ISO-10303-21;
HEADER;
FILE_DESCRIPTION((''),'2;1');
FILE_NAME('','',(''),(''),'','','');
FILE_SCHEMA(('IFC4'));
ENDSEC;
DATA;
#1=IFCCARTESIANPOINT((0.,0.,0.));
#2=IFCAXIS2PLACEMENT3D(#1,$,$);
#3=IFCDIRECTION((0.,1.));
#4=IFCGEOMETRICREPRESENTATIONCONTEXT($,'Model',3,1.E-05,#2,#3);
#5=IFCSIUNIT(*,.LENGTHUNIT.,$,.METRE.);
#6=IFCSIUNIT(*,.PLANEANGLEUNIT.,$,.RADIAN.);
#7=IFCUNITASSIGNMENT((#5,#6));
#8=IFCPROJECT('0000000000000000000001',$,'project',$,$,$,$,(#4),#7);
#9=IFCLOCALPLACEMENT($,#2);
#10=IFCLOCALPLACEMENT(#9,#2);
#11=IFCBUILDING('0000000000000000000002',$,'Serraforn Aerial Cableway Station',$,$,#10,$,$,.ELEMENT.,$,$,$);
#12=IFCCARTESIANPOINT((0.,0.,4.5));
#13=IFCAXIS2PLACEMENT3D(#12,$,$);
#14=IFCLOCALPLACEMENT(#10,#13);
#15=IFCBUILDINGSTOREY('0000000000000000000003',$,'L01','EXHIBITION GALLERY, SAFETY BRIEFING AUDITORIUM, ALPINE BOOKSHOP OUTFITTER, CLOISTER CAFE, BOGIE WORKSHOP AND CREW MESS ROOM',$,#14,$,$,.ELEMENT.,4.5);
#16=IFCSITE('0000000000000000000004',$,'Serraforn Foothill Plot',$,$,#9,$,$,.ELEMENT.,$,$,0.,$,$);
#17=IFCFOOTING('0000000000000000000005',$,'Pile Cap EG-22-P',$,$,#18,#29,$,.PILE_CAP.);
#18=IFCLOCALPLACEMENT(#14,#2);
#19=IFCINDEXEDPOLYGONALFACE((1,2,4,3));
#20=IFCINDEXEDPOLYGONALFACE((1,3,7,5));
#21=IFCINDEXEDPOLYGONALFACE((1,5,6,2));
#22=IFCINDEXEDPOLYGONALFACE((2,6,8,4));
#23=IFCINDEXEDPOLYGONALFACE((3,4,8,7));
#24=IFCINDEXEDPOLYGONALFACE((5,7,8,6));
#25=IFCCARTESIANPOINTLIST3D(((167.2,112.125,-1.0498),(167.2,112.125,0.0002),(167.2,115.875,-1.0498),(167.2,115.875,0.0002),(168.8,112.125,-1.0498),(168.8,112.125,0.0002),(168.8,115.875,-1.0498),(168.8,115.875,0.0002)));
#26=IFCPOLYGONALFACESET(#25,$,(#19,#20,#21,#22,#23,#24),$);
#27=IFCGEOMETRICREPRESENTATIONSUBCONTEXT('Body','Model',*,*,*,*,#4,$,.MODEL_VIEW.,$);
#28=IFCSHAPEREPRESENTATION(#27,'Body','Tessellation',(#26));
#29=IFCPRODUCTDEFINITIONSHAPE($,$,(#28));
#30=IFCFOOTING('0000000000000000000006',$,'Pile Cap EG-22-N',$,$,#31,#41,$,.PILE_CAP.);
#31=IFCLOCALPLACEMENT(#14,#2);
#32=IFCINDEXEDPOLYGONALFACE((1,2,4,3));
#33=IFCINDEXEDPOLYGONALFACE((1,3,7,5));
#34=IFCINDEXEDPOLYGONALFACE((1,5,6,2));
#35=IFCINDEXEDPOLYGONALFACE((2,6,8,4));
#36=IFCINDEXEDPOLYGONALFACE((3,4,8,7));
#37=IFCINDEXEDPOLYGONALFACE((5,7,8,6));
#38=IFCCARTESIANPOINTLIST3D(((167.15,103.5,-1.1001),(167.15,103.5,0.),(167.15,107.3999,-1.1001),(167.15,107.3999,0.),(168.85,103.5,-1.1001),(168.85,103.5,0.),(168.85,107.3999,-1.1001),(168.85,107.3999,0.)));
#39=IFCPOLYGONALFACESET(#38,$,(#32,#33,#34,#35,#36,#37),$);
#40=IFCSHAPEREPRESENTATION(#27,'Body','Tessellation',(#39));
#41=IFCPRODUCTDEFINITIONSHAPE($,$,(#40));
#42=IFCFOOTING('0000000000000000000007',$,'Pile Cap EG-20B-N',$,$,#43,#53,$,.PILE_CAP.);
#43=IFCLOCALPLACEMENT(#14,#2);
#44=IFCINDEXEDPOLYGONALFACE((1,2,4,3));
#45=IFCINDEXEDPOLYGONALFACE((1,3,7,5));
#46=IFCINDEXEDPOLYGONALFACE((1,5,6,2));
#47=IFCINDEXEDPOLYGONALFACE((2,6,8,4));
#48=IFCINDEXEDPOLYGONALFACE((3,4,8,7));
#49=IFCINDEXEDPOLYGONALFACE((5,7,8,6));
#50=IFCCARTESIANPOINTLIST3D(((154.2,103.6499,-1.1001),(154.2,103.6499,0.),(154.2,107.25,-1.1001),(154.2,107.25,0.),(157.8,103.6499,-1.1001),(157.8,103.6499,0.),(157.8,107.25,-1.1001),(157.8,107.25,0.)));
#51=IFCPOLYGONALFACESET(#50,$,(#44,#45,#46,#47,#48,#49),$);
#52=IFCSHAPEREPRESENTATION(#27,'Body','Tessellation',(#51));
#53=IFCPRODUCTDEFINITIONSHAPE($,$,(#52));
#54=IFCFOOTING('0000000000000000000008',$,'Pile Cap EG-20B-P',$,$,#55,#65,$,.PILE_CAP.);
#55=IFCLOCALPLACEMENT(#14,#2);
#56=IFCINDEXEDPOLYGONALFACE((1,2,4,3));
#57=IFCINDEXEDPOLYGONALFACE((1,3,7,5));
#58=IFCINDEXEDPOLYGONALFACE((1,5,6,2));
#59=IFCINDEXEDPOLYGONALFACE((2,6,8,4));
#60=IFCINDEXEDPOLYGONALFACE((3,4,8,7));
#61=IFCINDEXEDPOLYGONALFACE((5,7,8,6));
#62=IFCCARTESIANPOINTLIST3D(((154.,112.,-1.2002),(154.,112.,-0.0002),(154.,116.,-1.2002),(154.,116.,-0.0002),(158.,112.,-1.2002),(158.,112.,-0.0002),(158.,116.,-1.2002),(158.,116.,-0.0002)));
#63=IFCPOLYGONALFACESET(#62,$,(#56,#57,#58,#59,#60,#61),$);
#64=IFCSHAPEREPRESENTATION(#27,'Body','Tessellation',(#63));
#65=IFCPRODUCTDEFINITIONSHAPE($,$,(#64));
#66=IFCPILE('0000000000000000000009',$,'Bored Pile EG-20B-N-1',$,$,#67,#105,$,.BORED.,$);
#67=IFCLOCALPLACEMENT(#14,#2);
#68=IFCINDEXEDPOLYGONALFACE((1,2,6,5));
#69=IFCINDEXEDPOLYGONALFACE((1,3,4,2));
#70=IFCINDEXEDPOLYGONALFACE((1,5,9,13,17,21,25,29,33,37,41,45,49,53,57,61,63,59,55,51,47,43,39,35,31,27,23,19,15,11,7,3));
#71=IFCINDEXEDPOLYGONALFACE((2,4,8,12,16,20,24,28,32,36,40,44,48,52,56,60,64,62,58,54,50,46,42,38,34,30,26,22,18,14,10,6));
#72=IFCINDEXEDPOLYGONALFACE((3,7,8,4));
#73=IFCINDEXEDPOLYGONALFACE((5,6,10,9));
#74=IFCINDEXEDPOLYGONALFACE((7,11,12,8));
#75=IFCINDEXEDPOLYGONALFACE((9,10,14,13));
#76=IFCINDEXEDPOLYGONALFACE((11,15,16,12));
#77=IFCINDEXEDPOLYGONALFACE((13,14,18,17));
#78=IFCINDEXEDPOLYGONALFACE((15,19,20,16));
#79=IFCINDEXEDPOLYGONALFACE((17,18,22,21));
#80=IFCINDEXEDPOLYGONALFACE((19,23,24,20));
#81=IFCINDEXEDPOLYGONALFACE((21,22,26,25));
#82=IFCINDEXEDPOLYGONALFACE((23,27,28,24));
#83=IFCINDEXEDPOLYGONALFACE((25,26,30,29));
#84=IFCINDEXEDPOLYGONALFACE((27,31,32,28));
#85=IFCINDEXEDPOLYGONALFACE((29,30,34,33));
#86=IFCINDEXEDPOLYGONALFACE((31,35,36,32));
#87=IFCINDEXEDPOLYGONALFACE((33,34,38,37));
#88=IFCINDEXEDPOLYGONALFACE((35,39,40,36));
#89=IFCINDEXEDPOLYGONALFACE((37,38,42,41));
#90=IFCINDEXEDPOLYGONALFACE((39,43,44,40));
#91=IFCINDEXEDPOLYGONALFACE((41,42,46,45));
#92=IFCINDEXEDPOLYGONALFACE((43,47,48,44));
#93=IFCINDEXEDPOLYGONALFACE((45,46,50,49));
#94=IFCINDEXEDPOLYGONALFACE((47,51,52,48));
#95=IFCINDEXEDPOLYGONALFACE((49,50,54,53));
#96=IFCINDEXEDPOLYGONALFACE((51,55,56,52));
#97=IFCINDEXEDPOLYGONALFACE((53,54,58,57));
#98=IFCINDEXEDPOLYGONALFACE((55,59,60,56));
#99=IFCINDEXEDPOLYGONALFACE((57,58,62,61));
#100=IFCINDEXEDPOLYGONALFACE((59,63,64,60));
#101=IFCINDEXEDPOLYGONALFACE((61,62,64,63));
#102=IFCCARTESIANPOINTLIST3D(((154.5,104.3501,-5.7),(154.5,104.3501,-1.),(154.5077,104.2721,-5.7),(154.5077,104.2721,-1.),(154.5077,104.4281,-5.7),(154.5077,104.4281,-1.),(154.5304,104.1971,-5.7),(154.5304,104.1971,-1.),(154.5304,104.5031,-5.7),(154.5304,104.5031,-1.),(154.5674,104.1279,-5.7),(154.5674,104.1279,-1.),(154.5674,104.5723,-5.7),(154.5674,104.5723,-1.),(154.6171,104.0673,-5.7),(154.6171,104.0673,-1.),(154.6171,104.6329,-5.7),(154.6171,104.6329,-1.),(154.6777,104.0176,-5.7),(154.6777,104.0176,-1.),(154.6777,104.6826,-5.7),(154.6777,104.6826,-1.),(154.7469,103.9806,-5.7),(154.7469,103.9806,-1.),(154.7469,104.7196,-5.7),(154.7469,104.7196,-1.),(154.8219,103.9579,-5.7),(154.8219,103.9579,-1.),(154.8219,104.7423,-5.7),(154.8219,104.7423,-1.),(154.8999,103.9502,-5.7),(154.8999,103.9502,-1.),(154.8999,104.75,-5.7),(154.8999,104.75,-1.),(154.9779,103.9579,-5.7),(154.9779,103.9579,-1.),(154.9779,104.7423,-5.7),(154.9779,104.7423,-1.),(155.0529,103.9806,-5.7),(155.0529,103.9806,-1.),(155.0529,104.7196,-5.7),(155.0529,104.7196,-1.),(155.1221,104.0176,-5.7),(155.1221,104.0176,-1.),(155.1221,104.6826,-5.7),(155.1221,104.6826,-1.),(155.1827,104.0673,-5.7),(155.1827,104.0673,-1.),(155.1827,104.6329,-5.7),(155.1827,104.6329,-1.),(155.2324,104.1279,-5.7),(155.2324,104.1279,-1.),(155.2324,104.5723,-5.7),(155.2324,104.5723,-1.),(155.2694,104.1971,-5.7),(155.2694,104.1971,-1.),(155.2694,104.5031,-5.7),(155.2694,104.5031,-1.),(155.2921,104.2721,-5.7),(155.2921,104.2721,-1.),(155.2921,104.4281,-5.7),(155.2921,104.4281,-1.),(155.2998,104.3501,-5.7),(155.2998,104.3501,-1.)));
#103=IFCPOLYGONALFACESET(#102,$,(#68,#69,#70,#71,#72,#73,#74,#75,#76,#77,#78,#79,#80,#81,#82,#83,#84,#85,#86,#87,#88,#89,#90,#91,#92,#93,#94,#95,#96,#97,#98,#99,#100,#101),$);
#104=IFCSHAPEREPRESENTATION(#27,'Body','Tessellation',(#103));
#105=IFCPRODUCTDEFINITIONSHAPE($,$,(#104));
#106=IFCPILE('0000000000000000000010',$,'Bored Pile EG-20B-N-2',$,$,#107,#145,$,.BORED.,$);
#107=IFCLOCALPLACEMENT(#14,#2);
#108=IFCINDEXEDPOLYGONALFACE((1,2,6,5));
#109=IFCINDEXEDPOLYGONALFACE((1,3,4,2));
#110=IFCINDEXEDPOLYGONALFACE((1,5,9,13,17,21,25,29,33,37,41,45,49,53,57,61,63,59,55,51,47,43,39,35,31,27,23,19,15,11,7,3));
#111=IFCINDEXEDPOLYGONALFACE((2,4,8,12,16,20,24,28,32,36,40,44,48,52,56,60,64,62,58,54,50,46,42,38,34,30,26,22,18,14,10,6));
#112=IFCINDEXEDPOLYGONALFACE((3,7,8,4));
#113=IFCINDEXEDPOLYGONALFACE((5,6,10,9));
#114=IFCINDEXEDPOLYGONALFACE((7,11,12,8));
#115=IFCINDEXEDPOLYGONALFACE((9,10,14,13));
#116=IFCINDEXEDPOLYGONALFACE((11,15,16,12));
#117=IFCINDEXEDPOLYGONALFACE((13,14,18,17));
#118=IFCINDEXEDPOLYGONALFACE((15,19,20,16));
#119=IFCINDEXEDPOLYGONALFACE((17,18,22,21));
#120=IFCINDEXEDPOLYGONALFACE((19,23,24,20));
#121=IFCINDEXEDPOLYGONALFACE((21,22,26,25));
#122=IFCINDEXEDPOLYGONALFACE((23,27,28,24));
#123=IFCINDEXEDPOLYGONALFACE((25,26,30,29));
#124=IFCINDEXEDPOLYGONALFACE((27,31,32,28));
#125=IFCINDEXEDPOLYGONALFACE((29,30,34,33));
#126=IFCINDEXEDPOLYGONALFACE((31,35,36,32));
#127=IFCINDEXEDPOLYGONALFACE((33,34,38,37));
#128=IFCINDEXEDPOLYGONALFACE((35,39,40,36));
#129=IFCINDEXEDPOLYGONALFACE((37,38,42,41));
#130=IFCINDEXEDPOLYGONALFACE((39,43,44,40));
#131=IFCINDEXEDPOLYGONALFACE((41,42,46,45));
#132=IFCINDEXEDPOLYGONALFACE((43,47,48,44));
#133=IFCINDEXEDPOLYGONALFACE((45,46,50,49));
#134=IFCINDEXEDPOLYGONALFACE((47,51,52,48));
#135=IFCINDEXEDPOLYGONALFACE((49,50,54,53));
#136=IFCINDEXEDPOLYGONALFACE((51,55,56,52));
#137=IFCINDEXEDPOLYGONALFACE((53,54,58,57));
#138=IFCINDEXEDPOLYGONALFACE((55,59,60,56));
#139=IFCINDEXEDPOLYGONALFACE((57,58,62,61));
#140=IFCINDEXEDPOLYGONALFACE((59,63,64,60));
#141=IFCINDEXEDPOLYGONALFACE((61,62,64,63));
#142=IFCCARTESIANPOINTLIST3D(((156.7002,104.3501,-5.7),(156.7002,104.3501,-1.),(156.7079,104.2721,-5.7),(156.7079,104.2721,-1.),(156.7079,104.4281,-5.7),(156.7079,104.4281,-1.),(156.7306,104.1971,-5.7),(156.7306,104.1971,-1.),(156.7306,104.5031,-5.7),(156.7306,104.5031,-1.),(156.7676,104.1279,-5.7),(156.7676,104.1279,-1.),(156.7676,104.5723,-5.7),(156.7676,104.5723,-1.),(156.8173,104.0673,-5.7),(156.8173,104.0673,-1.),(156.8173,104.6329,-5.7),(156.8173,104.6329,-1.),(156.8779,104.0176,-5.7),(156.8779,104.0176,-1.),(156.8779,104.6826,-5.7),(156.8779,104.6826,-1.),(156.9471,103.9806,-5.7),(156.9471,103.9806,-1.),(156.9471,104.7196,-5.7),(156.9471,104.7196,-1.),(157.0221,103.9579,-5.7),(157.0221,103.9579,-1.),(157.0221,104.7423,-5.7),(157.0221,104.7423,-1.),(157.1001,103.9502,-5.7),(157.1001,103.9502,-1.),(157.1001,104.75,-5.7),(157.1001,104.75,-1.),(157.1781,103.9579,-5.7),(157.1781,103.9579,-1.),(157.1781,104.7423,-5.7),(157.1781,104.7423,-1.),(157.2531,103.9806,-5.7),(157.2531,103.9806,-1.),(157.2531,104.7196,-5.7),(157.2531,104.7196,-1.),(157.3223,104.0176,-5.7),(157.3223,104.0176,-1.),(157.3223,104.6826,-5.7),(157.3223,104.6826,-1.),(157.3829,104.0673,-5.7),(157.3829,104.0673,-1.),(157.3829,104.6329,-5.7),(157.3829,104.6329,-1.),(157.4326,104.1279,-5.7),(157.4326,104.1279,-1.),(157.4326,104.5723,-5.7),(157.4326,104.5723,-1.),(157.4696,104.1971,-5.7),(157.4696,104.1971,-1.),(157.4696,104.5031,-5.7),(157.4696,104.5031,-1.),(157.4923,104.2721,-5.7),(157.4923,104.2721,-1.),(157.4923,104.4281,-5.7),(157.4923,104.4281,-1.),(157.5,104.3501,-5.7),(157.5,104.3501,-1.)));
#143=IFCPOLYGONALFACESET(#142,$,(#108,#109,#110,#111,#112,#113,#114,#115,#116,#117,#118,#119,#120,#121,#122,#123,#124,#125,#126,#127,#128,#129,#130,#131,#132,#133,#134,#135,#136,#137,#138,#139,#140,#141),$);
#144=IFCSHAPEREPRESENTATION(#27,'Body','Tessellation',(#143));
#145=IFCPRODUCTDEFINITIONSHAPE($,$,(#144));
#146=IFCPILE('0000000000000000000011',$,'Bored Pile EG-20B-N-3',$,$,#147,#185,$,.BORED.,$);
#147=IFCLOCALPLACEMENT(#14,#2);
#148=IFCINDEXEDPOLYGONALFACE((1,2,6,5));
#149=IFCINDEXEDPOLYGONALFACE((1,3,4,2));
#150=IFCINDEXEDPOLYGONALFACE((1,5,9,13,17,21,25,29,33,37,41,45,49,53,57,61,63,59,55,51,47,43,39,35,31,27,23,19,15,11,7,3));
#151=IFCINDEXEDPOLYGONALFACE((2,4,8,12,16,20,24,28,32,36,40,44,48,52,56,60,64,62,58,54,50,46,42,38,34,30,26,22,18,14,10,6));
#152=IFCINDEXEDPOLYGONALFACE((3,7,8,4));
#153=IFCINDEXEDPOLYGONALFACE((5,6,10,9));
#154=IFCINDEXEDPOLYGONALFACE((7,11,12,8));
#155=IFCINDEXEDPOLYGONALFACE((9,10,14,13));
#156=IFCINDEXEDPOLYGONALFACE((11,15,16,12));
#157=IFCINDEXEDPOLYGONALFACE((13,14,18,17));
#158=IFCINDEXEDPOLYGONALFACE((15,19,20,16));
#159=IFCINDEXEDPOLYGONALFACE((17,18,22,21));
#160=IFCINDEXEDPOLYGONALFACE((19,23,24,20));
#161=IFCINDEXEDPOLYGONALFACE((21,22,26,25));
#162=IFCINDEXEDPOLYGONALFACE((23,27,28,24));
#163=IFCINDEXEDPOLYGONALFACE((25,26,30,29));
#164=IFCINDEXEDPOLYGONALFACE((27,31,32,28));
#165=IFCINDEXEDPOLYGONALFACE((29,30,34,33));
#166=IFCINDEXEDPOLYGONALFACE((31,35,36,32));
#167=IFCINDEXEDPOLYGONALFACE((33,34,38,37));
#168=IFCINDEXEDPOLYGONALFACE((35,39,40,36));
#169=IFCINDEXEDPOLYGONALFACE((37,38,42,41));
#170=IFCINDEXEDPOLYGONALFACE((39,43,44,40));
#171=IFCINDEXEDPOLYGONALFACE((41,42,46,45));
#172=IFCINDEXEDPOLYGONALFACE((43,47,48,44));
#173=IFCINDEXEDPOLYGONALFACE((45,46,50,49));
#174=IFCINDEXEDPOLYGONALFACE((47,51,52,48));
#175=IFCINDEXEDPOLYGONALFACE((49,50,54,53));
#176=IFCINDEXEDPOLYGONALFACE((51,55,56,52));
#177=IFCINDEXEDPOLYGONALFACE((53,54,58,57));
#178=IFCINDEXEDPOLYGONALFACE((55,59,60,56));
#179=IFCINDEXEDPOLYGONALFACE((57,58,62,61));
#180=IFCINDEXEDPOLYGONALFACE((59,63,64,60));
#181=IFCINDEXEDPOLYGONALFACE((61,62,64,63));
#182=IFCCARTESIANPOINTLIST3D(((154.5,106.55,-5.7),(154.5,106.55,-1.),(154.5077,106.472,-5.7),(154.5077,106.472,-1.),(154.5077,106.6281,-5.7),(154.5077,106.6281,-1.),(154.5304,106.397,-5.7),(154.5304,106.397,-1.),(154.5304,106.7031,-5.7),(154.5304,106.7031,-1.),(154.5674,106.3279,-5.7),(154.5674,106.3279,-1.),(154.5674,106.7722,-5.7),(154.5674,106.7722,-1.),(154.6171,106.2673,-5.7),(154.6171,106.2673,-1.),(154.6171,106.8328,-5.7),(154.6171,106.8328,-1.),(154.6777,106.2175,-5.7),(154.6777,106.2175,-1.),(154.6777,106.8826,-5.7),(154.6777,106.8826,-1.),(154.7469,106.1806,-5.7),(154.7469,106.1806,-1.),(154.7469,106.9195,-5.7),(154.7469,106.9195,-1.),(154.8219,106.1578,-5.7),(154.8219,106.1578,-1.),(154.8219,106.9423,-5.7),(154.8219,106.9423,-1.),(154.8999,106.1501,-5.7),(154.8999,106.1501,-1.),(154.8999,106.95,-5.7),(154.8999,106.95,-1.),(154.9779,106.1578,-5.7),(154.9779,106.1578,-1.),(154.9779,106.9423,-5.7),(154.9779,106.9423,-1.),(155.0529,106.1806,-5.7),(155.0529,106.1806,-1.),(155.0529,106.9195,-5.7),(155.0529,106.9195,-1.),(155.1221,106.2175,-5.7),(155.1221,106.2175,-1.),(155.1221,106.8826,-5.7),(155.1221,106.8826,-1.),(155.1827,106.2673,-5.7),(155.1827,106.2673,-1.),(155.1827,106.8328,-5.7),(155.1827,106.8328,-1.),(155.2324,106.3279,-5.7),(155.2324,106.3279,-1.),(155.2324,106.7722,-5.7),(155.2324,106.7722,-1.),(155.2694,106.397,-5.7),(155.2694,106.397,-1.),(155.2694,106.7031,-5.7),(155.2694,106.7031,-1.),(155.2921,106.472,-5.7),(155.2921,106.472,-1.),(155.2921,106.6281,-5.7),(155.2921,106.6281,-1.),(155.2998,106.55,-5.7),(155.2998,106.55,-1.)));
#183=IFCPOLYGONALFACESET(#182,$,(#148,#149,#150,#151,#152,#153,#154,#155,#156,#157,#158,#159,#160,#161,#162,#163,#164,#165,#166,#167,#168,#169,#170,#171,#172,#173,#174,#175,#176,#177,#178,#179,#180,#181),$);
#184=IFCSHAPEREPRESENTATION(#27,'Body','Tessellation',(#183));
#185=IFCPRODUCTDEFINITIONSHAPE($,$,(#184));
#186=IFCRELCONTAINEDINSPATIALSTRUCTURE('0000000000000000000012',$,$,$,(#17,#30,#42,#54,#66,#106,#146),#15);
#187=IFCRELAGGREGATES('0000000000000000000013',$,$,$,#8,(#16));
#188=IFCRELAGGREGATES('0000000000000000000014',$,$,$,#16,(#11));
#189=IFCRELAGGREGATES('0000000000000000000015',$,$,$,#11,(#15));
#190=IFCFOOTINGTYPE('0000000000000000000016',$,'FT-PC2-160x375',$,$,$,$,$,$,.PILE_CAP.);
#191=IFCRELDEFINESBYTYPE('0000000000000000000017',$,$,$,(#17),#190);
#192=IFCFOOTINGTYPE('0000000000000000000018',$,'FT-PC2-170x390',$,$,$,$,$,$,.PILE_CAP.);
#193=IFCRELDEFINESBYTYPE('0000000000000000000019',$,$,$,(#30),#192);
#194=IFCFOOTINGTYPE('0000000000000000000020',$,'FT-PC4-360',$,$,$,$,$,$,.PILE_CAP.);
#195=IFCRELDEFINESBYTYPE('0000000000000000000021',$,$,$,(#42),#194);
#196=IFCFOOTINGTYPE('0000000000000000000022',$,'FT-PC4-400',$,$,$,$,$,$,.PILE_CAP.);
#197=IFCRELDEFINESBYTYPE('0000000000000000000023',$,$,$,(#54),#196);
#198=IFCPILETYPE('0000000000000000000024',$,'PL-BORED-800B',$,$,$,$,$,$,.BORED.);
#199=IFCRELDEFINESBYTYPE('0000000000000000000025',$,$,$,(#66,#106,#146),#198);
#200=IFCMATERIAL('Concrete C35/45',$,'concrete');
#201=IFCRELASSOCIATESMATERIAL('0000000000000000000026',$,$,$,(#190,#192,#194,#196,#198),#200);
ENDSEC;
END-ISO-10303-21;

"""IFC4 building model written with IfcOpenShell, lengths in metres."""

from ifc_helpers import new_model, si_unit, direction, frame, origin, origin_2d, place, context, subcontext, project, spatial, rectangle, circle, extrude, material, material_profile, profile_set, type_object, element, save


model = new_model("IFC4")

# Units and contexts
model_context = context("Model", 3, precision=1e-05, world=origin(), true_north=direction((0.0, 1.0)))
body_context = subcontext(model_context, "Body", "Model", "MODEL_VIEW")
ifc_project = project(units=[si_unit("LENGTHUNIT", "METRE"), si_unit("PLANEANGLEUNIT", "RADIAN")], contexts=[model_context])

# Site, building, storey
site_placement = place(None, origin())
site = spatial("IfcSite", under=ifc_project, at=site_placement, Name="Serraforn Foothill Plot", CompositionType="ELEMENT", RefElevation=0.0)
building_placement = place(site_placement, origin())
building = spatial("IfcBuilding", under=site, at=building_placement, Name="Serraforn Aerial Cableway Station", CompositionType="ELEMENT")
storey_placement = place(building_placement, frame((0.0, 0.0, 4.5)))
storey = spatial("IfcBuildingStorey", under=building, at=storey_placement, Name="L01", Description="EXHIBITION GALLERY, SAFETY BRIEFING AUDITORIUM, ALPINE BOOKSHOP OUTFITTER, CLOISTER CAFE, BOGIE WORKSHOP AND CREW MESS ROOM", CompositionType="ELEMENT", Elevation=4.5)

# Footings
ifc_material_1 = material(Name="Concrete C35/45", Category="concrete")
footing_type_1 = type_object("IfcFootingType", Name="FT-PC2-160x375", PredefinedType="PILE_CAP", material=ifc_material_1)
footing_1_placement = place(storey_placement, frame((168.0, 114.0, -1.0498), z_axis=(0.0, 0.0, 1.0), x_axis=(1.0, 0.0, 0.0)))
element("IfcFooting", 1, at=footing_1_placement, inside=storey, type_object=footing_type_1, Name="Pile Cap EG-22-P", PredefinedType="PILE_CAP", context=body_context, shape_type="SweptSolid", body=[
    extrude(rectangle(XDim=1.6001, YDim=3.75, at=origin_2d()), origin(), (0.0, 0.0, 1.0), 1.05),
])
footing_type_2 = type_object("IfcFootingType", Name="FT-PC2-170x390", PredefinedType="PILE_CAP", material=ifc_material_1)
footing_2_placement = place(storey_placement, frame((168.0, 105.45, -1.1001), z_axis=(0.0, 0.0, 1.0), x_axis=(1.0, 0.0, 0.0)))
element("IfcFooting", 2, at=footing_2_placement, inside=storey, type_object=footing_type_2, Name="Pile Cap EG-22-N", PredefinedType="PILE_CAP", context=body_context, shape_type="SweptSolid", body=[
    extrude(rectangle(XDim=1.7, YDim=3.8999, at=origin_2d()), origin(), (0.0, 0.0, 1.0), 1.1001),
])
footing_type_3 = type_object("IfcFootingType", Name="FT-PC4-360", PredefinedType="PILE_CAP", material=ifc_material_1)
footing_3_placement = place(storey_placement, frame((156.0, 105.45, -1.1001), z_axis=(0.0, 0.0, 1.0), x_axis=(1.0, 0.0, 0.0)))
element("IfcFooting", 3, at=footing_3_placement, inside=storey, type_object=footing_type_3, Name="Pile Cap EG-20B-N", PredefinedType="PILE_CAP", context=body_context, shape_type="SweptSolid", body=[
    extrude(rectangle(XDim=3.6001, YDim=3.6001, at=origin_2d()), origin(), (0.0, 0.0, 1.0), 1.1001),
])
footing_type_4 = type_object("IfcFootingType", Name="FT-PC4-400", PredefinedType="PILE_CAP", material=ifc_material_1)
footing_4_placement = place(storey_placement, frame((156.0, 114.0, -1.2002), z_axis=(0.0, 0.0, 1.0), x_axis=(1.0, 0.0, 0.0)))
element("IfcFooting", 4, at=footing_4_placement, inside=storey, type_object=footing_type_4, Name="Pile Cap EG-20B-P", PredefinedType="PILE_CAP", context=body_context, shape_type="SweptSolid", body=[
    extrude(rectangle(XDim=4.0, YDim=4.0, at=origin_2d()), origin(), (0.0, 0.0, 1.0), 1.2),
])

# Piles
ifc_material_profile_1 = material_profile(ifc_material_1, circle(Radius=0.3999, at=origin_2d()), Name="BORED PILE D800")
ifc_profile_set_1 = profile_set([ifc_material_profile_1], Name="Concrete C35/45")
pile_type_1 = type_object("IfcPileType", Name="PL-BORED-800B", PredefinedType="BORED", material=ifc_profile_set_1)
for number, where, z_axis, x_axis, name in (
    (5, (154.8999, 104.3501, -1.0), (0.0, 0.0, -1.0), (1.0, 0.0, 0.0), "Bored Pile EG-20B-N-1"),
    (6, (157.1001, 104.3501, -1.0), (0.0, 0.0, -1.0), (1.0, 0.0, 0.0), "Bored Pile EG-20B-N-2"),
    (7, (154.8999, 106.55, -1.0), (0.0, 0.0, -1.0), (1.0, 0.0, 0.0), "Bored Pile EG-20B-N-3"),
):
    element("IfcPile", number, at=place(storey_placement, frame(where, z_axis=z_axis, x_axis=x_axis)), inside=storey, type_object=pile_type_1, Name=name, PredefinedType="BORED", context=body_context, shape_type="SweptSolid", body=[
        extrude(circle(Radius=0.3999, at=origin_2d()), origin(), (0.0, 0.0, 1.0), 4.7),
    ])

save(model, "model.ifc")
